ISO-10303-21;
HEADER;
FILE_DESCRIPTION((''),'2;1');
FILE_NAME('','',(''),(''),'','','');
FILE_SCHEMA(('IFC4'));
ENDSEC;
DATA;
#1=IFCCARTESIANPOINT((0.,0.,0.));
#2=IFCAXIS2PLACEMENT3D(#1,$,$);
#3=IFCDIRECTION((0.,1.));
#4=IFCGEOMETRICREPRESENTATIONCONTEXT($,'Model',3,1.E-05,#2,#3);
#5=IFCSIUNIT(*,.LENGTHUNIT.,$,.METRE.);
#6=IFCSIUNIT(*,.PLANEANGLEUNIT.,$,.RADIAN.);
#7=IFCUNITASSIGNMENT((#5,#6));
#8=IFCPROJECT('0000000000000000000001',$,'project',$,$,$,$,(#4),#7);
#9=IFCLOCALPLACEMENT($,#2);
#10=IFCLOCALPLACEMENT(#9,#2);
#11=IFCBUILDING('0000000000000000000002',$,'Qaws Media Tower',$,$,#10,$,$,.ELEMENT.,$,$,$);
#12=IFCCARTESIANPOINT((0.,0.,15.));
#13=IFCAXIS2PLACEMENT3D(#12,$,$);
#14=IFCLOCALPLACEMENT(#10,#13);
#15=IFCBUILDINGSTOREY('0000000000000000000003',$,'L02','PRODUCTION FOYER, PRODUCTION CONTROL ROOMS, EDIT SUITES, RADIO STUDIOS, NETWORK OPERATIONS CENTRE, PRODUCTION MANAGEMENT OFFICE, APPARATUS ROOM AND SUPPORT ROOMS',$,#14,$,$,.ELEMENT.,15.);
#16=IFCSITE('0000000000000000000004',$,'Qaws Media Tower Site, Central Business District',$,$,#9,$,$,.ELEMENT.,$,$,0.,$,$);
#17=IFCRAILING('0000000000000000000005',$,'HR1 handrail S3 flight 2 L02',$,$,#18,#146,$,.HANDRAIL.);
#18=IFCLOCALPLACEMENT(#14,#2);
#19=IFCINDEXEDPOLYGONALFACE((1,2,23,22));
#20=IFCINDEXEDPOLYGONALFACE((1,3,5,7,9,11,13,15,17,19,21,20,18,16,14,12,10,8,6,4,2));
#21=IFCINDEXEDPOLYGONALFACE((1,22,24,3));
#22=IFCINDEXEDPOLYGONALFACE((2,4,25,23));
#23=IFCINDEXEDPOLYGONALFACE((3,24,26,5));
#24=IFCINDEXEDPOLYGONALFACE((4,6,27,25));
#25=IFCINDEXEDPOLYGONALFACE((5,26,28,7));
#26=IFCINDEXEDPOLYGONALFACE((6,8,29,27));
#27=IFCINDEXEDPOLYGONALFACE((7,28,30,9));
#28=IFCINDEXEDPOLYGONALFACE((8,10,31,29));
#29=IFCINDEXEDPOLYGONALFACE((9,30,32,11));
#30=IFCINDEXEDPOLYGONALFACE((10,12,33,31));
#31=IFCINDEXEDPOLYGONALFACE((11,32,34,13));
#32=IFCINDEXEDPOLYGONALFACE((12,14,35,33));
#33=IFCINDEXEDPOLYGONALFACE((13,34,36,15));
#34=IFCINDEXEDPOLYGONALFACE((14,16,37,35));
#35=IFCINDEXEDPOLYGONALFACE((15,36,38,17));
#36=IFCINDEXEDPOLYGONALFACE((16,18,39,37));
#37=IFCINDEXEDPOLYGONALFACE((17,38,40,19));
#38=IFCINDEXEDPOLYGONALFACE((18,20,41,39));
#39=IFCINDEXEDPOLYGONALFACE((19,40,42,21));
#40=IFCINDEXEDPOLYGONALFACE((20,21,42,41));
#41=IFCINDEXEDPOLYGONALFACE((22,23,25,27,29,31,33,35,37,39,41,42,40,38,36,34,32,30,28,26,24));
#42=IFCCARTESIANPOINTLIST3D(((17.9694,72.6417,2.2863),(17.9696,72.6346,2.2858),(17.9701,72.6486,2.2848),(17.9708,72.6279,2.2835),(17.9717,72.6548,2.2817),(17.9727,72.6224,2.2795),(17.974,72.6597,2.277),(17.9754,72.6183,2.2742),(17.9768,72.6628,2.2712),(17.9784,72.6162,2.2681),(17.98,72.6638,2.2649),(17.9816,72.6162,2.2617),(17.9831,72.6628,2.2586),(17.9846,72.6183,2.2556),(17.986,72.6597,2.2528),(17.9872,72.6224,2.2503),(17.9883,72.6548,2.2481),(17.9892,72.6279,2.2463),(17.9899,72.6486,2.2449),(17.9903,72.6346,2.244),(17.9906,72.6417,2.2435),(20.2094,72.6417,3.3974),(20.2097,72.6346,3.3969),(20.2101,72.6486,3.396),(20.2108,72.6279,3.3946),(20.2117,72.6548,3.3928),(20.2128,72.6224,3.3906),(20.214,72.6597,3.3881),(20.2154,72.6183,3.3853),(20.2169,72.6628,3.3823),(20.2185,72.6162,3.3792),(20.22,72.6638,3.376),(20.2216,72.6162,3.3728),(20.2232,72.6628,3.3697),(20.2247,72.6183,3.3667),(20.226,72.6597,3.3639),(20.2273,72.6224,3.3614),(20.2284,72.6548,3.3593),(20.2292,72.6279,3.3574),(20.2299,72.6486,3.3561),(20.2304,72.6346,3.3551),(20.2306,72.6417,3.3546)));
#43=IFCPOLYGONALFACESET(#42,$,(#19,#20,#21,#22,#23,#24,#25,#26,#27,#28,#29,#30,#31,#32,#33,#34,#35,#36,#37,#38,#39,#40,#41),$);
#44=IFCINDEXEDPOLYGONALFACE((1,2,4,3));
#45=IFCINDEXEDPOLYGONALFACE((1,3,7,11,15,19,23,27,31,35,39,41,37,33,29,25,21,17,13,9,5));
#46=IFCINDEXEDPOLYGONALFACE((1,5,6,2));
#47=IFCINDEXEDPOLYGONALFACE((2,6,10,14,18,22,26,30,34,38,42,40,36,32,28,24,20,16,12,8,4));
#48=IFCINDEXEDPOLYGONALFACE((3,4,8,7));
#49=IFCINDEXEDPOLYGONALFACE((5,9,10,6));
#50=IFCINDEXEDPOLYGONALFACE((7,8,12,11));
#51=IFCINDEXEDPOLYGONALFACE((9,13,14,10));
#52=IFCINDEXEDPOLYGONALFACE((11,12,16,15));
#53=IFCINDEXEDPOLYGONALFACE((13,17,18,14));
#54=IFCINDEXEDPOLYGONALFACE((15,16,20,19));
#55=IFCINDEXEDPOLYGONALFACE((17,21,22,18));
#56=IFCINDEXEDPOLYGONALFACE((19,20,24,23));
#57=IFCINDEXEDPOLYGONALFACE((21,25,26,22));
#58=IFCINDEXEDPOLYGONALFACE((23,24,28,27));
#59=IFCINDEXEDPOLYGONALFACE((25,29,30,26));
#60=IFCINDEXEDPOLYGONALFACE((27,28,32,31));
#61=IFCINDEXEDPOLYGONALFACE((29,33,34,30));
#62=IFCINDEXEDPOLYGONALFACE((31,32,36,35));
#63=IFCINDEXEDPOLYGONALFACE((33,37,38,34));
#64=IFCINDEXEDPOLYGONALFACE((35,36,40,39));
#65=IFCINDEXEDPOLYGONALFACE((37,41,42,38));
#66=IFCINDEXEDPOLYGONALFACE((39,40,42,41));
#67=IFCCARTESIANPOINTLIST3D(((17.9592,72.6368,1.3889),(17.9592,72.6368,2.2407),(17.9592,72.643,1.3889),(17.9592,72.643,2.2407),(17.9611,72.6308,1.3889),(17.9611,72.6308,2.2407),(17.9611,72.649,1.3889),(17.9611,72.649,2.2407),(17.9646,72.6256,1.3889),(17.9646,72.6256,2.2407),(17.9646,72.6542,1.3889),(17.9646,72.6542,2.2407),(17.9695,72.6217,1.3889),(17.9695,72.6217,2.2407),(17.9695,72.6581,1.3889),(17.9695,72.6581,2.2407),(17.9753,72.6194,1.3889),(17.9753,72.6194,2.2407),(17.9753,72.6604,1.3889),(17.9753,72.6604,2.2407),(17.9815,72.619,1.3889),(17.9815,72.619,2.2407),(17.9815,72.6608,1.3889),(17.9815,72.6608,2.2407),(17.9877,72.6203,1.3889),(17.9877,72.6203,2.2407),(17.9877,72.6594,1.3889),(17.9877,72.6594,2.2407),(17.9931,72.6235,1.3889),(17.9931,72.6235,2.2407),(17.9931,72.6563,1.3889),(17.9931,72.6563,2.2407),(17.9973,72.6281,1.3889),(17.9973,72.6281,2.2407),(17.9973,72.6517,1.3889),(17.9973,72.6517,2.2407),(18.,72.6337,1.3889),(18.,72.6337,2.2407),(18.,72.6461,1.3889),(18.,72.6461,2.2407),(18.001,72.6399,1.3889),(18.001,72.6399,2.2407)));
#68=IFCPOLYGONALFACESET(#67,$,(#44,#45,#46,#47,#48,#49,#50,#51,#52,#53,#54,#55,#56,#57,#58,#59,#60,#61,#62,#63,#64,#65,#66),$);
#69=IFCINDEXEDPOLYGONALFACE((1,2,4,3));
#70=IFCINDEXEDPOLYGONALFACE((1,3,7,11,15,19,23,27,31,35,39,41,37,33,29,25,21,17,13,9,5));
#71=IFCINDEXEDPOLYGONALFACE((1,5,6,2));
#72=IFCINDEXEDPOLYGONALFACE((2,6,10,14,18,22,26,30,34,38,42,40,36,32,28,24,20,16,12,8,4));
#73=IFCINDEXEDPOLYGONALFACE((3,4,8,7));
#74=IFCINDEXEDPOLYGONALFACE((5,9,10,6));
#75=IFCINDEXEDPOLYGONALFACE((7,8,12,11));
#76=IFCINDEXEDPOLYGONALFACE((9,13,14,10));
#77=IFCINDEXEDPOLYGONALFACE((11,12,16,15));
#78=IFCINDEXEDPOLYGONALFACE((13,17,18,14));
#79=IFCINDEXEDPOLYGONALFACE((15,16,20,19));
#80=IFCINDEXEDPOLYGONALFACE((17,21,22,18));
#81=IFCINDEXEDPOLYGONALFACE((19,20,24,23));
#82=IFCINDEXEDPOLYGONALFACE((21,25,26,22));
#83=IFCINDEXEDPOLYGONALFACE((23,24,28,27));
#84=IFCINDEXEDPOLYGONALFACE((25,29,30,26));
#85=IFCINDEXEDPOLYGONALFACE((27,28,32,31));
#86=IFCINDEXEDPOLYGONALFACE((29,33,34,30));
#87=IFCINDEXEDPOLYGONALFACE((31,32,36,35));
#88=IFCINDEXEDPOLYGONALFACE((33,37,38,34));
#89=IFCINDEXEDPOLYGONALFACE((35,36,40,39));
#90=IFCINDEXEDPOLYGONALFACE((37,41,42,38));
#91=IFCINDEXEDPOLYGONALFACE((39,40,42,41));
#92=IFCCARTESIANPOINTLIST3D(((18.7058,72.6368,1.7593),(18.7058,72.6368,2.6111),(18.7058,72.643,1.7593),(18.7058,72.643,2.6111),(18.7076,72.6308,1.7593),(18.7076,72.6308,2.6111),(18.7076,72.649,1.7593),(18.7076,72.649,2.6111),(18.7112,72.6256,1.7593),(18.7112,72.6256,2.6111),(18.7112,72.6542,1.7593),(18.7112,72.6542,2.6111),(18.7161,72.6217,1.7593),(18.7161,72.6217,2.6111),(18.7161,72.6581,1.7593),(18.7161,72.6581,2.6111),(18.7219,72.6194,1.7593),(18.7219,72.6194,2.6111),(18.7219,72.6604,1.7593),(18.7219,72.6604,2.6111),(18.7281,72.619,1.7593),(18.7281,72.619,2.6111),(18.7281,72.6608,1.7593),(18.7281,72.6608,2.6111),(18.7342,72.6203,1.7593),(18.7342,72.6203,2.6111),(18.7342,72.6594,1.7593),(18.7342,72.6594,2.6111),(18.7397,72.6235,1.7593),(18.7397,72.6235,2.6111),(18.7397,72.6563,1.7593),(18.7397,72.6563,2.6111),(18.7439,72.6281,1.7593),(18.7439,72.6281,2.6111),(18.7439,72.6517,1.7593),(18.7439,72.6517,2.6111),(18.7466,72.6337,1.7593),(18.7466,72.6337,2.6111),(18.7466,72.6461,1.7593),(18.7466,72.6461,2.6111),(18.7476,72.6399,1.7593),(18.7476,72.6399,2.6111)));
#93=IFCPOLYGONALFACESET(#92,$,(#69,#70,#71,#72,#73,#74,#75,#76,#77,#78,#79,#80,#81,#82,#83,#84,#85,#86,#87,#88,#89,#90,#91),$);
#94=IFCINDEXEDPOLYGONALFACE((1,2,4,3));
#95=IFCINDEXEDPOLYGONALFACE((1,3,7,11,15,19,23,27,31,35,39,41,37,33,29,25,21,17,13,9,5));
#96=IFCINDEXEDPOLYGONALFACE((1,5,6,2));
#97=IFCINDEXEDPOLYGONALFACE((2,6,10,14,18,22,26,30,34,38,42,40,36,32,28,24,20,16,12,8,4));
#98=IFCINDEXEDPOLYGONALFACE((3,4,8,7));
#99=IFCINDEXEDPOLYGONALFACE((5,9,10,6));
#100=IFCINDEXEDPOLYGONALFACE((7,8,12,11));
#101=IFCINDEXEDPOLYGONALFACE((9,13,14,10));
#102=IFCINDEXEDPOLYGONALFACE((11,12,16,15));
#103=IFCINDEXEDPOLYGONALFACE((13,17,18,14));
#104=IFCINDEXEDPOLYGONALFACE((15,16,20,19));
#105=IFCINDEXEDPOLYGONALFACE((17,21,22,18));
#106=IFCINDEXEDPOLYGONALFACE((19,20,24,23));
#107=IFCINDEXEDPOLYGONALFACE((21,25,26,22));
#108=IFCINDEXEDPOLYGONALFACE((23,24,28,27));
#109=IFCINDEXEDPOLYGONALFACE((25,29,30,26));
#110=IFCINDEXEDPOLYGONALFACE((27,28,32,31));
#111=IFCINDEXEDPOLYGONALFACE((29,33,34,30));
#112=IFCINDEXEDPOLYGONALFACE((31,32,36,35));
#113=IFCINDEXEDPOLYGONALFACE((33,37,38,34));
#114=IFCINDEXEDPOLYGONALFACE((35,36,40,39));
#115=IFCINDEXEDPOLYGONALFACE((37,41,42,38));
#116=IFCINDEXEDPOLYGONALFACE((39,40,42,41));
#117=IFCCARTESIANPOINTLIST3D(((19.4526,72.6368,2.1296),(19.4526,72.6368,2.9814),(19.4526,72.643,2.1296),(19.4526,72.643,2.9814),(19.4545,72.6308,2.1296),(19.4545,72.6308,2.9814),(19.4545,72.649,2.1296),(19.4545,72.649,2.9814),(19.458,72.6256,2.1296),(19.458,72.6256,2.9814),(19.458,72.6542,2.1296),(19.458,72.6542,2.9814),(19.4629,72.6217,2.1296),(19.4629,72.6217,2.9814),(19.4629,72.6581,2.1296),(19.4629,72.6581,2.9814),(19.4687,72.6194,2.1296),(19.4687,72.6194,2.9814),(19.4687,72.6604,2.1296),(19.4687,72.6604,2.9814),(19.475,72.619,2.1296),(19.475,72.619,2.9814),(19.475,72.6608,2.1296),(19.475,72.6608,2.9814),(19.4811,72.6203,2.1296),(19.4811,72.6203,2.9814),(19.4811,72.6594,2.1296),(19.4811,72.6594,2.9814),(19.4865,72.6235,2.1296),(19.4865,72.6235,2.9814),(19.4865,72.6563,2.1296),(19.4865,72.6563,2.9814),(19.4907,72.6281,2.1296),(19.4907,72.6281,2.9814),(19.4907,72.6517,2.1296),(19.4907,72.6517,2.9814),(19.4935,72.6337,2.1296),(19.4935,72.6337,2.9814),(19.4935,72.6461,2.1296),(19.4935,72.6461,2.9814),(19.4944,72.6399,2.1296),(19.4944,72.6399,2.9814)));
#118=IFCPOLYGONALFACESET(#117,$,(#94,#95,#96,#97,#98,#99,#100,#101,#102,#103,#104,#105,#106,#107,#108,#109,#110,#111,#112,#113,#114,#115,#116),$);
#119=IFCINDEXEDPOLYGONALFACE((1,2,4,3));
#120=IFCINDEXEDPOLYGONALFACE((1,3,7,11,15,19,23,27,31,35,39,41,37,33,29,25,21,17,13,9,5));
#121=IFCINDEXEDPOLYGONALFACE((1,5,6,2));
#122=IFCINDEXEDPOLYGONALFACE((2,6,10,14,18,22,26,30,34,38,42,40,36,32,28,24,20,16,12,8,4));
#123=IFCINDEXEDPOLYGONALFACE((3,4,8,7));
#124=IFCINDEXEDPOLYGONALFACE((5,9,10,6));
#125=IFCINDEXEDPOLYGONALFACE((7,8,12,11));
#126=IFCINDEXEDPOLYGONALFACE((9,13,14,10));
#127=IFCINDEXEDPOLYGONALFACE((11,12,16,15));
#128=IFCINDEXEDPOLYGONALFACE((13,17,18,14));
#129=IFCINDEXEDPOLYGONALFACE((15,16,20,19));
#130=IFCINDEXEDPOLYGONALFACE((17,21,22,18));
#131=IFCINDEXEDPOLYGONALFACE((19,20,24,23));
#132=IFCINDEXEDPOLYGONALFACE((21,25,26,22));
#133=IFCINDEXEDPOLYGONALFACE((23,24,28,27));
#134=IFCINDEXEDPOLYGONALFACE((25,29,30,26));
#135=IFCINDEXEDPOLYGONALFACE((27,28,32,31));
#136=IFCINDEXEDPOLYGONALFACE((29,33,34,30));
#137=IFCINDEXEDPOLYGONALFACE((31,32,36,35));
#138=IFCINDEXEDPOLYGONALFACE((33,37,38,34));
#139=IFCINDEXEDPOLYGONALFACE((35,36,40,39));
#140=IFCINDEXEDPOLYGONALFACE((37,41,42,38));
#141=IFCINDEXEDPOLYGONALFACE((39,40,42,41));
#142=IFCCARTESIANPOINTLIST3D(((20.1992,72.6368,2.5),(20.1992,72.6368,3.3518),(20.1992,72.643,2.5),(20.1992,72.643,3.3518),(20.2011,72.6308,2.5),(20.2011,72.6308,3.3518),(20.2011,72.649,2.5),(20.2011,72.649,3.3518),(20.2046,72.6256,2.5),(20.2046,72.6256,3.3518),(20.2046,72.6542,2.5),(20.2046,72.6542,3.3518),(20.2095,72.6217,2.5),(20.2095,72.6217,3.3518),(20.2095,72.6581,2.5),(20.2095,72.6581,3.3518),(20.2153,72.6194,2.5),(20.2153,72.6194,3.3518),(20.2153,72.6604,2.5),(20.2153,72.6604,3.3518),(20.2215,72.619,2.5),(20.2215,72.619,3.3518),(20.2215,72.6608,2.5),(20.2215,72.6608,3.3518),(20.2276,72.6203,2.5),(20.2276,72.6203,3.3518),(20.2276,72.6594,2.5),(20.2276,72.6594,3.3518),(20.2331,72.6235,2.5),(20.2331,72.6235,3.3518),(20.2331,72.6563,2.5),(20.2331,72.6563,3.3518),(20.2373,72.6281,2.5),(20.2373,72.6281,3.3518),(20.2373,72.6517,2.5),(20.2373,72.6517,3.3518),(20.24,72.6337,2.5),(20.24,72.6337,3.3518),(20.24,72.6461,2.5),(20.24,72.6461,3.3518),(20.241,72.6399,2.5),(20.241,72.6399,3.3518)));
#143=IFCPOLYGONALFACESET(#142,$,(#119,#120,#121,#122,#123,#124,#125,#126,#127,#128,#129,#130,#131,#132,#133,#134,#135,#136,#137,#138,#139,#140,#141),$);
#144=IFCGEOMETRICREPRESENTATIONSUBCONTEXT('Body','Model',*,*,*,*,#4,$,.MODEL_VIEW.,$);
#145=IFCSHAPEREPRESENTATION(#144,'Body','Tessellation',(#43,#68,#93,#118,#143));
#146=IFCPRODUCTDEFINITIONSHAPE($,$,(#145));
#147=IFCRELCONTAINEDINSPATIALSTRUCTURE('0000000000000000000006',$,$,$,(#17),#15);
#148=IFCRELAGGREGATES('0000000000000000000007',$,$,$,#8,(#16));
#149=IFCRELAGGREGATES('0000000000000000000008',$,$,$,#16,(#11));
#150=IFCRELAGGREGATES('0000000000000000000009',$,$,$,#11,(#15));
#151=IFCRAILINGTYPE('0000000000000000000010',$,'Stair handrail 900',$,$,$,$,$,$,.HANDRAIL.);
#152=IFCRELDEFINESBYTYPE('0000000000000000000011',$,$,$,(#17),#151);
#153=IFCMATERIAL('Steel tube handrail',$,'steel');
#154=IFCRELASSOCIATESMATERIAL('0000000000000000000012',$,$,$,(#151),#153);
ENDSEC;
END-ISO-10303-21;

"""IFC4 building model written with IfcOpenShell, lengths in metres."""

from ifc_helpers import new_model, si_unit, direction, frame, origin, origin_2d, place, context, subcontext, project, spatial, circle, extrude, material, type_object, element, save


model = new_model("IFC4")

# Units and contexts
model_context = context("Model", 3, precision=1e-05, world=origin(), true_north=direction((0.0, 1.0)))
body_context = subcontext(model_context, "Body", "Model", "MODEL_VIEW")
ifc_project = project(units=[si_unit("LENGTHUNIT", "METRE"), si_unit("PLANEANGLEUNIT", "RADIAN")], contexts=[model_context])

# Site, building, storey
site_placement = place(None, origin())
site = spatial("IfcSite", under=ifc_project, at=site_placement, Name="Qaws Media Tower Site, Central Business District", CompositionType="ELEMENT", RefElevation=0.0)
building_placement = place(site_placement, origin())
building = spatial("IfcBuilding", under=site, at=building_placement, Name="Qaws Media Tower", CompositionType="ELEMENT")
storey_placement = place(building_placement, frame((0.0, 0.0, 15.0)))
storey = spatial("IfcBuildingStorey", under=building, at=storey_placement, Name="L02", Description="PRODUCTION FOYER, PRODUCTION CONTROL ROOMS, EDIT SUITES, RADIO STUDIOS, NETWORK OPERATIONS CENTRE, PRODUCTION MANAGEMENT OFFICE, APPARATUS ROOM AND SUPPORT ROOMS", CompositionType="ELEMENT", Elevation=15.0)

# Railing
ifc_material_1 = material(Name="Steel tube handrail", Category="steel")
railing_type = type_object("IfcRailingType", Name="Stair handrail 900", PredefinedType="HANDRAIL", material=ifc_material_1)
for number, where, name in (
    (1, (17.98, 72.6399, 1.3889), "HR1 handrail S3 flight 2 L02"),
):
    element("IfcRailing", number, at=place(storey_placement, frame(where)), inside=storey, type_object=railing_type, Name=name, PredefinedType="HANDRAIL", context=body_context, shape_type="SweptSolid", body=[
        extrude(circle(Radius=0.0239, at=origin_2d()), frame((0.0, 0.0, 0.876), z_axis=(0.895848, 0.0, 0.44436), x_axis=(0.0, 1.0, 0.0)), (0.0, 0.0, 1.0), 2.5005),
        extrude(circle(Radius=0.021, at=origin_2d()), origin(), (0.0, 0.0, 1.0), 0.8518),
        extrude(circle(Radius=0.021, at=origin_2d()), frame((0.7466, 0.0, 0.3704)), (0.0, 0.0, 1.0), 0.8518),
        extrude(circle(Radius=0.021, at=origin_2d()), frame((1.4934, 0.0, 0.7407)), (0.0, 0.0, 1.0), 0.8518),
        extrude(circle(Radius=0.021, at=origin_2d()), frame((2.24, 0.0, 1.1111)), (0.0, 0.0, 1.0), 0.8518),
    ])

save(model, "model.ifc")
